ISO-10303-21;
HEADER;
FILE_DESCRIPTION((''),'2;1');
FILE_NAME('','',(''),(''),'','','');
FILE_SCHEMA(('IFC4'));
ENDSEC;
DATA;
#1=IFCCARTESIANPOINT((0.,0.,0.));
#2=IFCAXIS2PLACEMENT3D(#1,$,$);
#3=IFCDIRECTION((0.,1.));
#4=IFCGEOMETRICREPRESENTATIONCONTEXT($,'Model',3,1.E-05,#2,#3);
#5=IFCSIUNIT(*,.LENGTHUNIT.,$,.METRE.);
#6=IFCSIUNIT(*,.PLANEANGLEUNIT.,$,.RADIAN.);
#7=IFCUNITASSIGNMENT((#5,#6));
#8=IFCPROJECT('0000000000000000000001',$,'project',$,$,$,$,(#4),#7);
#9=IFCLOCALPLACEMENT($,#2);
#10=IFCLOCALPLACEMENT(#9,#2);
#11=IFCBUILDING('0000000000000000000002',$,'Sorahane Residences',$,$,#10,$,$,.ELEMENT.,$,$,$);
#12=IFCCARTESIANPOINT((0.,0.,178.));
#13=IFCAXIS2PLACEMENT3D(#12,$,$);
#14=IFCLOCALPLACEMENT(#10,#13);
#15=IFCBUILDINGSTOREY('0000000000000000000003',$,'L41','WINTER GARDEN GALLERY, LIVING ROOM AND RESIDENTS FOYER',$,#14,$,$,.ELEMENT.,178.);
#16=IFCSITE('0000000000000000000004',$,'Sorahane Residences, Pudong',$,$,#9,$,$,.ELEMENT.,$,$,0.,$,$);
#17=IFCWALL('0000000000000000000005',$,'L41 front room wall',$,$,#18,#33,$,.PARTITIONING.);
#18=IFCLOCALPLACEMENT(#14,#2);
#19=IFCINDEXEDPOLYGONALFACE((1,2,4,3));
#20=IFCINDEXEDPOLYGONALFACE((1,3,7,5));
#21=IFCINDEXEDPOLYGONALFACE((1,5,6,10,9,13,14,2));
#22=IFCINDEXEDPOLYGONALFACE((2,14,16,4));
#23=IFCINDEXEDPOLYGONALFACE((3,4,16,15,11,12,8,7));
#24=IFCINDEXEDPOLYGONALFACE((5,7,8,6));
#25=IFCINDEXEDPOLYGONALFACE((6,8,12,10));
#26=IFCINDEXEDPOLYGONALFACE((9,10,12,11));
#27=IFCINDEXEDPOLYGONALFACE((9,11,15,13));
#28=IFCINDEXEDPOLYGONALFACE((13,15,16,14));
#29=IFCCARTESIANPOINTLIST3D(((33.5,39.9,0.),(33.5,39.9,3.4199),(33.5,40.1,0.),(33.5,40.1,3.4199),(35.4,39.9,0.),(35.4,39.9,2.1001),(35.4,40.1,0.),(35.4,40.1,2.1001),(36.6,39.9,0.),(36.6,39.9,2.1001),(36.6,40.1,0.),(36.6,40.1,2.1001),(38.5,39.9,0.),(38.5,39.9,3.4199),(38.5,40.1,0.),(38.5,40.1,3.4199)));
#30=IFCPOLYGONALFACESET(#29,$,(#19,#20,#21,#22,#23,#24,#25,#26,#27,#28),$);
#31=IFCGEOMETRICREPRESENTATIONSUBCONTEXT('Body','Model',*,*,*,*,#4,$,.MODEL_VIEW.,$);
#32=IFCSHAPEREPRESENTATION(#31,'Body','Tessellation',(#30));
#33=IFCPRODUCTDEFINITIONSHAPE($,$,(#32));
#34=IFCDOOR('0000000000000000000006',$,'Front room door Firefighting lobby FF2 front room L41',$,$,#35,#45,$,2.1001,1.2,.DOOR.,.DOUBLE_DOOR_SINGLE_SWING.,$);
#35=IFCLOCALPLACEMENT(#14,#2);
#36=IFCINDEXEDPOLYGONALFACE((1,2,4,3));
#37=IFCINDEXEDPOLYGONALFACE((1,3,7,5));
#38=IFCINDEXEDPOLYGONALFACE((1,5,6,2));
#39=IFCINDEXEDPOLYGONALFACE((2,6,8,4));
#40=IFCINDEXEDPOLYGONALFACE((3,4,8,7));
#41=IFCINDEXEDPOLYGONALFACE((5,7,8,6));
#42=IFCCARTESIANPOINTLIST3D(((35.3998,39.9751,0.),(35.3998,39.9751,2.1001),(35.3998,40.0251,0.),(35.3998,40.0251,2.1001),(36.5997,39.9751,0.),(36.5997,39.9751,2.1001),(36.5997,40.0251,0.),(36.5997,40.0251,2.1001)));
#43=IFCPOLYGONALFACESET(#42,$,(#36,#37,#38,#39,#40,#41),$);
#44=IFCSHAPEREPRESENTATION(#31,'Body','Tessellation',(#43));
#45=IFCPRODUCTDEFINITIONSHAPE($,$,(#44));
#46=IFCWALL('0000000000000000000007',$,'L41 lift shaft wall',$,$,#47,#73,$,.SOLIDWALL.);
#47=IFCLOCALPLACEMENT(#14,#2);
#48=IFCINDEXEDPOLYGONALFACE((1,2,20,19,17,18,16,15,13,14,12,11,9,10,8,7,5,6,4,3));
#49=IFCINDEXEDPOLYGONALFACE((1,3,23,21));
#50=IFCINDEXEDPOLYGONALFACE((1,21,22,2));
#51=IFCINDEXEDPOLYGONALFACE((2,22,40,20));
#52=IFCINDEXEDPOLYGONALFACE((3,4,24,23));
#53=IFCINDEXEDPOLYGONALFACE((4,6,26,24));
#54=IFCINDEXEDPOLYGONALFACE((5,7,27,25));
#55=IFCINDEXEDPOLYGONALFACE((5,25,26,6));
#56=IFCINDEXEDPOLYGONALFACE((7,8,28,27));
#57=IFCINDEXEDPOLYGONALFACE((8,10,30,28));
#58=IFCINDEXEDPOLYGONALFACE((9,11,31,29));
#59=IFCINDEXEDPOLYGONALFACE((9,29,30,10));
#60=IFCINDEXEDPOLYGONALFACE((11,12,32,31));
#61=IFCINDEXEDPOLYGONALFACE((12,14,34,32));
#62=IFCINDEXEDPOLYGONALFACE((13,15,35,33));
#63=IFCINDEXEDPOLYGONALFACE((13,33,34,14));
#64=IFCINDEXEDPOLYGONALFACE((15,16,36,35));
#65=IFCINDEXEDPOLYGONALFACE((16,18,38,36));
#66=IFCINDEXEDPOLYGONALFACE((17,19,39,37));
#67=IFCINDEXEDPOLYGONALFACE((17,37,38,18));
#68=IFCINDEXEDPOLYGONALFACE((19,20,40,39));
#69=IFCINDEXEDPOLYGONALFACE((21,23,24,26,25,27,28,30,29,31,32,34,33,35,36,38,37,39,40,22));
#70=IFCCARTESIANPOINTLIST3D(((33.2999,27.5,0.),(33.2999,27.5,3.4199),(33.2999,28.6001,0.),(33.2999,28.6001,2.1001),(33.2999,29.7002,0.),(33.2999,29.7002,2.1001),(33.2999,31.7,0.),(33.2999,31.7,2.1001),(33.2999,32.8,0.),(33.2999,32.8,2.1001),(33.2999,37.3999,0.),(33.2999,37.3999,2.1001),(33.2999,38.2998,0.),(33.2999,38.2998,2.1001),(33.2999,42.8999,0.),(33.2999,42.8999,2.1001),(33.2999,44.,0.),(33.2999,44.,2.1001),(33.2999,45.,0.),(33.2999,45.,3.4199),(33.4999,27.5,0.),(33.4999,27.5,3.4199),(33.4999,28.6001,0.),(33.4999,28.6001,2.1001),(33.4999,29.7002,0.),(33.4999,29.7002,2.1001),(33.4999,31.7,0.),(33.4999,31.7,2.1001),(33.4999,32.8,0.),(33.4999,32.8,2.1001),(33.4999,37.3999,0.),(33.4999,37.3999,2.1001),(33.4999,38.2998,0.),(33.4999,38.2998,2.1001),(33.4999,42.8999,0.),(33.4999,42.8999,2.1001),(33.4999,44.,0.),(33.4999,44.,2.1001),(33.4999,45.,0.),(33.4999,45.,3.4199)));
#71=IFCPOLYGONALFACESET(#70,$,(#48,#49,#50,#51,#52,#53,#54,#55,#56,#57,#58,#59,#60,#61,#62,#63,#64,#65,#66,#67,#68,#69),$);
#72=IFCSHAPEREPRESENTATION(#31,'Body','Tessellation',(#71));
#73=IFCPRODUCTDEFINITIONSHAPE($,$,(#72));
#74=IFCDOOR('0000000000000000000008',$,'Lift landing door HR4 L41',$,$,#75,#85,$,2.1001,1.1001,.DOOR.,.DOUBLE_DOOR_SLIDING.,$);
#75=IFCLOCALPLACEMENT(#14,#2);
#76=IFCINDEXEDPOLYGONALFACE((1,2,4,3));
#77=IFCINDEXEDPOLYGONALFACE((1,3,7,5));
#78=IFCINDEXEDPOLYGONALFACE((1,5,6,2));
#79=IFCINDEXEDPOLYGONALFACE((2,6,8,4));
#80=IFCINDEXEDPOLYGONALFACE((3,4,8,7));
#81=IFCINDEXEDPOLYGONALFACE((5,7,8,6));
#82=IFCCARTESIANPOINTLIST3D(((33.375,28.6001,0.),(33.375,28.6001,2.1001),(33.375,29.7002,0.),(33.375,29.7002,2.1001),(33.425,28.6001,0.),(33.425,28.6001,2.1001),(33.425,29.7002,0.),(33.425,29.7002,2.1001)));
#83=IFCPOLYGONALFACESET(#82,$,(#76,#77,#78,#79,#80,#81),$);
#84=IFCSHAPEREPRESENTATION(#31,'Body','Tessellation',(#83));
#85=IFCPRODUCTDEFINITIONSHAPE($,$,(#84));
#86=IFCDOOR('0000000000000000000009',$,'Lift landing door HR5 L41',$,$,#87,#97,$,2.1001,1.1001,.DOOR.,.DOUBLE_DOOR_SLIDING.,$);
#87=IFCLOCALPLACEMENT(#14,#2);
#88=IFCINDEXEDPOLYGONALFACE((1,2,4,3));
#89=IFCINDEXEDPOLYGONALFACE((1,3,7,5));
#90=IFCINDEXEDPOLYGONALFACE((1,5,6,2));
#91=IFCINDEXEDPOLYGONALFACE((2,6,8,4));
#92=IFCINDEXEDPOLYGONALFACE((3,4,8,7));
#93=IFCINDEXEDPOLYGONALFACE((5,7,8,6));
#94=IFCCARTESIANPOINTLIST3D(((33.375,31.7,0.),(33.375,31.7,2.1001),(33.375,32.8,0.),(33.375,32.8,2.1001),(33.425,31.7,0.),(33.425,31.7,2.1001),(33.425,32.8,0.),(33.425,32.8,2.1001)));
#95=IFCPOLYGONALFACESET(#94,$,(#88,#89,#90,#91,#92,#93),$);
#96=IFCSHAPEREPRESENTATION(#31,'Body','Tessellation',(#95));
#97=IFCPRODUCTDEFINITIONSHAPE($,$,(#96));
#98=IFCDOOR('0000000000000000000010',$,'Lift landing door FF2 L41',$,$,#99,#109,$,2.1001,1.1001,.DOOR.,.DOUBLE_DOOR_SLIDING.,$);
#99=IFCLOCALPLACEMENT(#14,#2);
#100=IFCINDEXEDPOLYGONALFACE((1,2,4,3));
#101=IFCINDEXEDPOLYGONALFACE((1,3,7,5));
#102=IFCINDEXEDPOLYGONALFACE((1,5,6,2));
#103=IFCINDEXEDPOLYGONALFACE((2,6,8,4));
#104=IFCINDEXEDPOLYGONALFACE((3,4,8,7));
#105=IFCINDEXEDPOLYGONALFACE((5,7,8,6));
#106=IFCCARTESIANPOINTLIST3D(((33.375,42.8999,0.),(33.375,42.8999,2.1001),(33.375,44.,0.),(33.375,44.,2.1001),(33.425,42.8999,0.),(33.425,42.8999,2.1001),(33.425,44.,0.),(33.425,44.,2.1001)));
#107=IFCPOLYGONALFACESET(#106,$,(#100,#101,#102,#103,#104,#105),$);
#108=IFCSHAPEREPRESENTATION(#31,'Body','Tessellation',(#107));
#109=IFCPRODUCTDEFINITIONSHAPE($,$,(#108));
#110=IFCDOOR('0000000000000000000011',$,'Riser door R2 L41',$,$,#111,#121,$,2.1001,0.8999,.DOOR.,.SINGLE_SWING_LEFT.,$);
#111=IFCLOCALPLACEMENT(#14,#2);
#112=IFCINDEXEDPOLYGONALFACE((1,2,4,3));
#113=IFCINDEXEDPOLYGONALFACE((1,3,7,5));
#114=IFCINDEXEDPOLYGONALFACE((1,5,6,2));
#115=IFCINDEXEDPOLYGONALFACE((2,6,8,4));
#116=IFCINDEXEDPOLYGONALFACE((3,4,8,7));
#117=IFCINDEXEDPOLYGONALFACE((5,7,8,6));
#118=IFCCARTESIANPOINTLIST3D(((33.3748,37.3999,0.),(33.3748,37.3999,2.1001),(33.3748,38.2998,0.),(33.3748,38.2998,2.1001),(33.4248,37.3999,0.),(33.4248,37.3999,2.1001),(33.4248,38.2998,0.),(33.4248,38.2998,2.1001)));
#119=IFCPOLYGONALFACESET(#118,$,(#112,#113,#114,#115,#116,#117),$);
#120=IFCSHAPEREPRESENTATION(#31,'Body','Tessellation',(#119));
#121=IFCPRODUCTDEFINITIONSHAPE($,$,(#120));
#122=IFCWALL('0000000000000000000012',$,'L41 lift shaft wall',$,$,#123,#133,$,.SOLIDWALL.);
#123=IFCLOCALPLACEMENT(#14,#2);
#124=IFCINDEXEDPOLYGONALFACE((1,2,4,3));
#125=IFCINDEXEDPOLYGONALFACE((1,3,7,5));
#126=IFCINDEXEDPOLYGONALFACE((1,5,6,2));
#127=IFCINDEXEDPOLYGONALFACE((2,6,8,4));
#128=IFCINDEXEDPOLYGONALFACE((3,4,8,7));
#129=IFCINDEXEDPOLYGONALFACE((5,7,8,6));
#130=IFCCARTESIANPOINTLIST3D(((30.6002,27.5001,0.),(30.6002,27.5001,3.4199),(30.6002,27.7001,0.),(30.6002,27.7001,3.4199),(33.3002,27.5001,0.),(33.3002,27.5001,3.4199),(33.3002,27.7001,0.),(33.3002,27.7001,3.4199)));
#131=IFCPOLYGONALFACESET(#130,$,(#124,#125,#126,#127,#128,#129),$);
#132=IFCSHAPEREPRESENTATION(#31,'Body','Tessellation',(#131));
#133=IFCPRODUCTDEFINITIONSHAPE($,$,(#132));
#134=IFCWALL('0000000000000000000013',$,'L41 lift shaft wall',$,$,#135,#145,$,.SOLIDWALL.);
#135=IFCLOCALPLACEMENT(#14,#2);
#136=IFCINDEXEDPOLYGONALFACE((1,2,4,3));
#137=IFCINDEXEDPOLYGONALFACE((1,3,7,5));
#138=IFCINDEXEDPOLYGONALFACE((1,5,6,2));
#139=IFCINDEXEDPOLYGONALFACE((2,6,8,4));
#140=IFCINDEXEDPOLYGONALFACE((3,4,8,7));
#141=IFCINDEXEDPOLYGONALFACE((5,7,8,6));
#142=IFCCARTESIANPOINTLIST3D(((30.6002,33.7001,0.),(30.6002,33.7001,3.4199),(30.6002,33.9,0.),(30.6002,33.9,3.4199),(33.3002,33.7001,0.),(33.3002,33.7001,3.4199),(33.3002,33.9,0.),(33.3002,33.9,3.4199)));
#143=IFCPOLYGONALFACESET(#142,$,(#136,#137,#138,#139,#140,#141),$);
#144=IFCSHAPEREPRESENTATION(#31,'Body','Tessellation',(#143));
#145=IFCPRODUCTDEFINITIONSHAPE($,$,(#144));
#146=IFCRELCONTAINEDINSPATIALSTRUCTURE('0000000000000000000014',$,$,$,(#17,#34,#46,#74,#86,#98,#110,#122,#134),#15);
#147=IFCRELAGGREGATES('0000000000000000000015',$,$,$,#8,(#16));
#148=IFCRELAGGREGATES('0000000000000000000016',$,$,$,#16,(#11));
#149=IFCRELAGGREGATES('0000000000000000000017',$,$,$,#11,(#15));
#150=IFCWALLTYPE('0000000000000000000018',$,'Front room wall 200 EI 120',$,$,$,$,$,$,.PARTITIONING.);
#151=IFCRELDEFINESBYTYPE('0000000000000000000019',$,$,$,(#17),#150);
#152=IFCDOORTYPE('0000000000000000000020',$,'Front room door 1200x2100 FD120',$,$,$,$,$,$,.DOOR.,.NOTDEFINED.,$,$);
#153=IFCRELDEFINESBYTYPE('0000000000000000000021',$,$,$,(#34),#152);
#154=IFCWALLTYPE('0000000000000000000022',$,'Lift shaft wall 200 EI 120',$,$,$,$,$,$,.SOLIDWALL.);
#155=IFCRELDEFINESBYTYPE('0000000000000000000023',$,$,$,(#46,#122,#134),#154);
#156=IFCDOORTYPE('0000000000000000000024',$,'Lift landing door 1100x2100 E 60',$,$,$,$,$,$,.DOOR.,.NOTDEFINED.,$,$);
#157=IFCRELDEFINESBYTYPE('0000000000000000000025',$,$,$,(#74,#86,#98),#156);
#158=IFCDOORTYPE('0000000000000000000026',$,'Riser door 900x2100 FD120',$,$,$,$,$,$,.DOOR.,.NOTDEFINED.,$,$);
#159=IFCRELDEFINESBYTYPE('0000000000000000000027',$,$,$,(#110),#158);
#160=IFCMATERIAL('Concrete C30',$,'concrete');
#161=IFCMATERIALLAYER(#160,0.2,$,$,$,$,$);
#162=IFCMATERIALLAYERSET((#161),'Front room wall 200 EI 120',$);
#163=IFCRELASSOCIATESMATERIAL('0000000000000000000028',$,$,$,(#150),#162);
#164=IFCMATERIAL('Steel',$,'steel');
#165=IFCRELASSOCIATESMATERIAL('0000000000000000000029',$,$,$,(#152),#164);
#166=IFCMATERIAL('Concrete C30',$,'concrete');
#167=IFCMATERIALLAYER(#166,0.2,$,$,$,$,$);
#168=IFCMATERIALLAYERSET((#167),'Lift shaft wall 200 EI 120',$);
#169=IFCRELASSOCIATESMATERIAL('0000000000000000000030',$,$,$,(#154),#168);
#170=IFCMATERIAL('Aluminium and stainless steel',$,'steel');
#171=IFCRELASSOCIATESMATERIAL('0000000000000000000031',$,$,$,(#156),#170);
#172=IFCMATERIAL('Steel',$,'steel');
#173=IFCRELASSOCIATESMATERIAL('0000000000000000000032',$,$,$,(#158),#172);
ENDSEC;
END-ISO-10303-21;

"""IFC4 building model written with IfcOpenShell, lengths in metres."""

from ifc_helpers import new_model, si_unit, direction, frame, frame_2d, origin, place, context, subcontext, project, spatial, rectangle, extrude, material, layer, layer_set, type_object, element, fill, save


model = new_model("IFC4")

# Units and contexts
model_context = context("Model", 3, precision=1e-05, world=origin(), true_north=direction((0.0, 1.0)))
body_context = subcontext(model_context, "Body", "Model", "MODEL_VIEW")
ifc_project = project(units=[si_unit("LENGTHUNIT", "METRE"), si_unit("PLANEANGLEUNIT", "RADIAN")], contexts=[model_context])

# Site, building, storey
site_placement = place(None, origin())
site = spatial("IfcSite", under=ifc_project, at=site_placement, Name="Sorahane Residences, Pudong", CompositionType="ELEMENT", RefElevation=0.0)
building_placement = place(site_placement, origin())
building = spatial("IfcBuilding", under=site, at=building_placement, Name="Sorahane Residences", CompositionType="ELEMENT")
storey_placement = place(building_placement, frame((0.0, 0.0, 178.0)))
storey = spatial("IfcBuildingStorey", under=building, at=storey_placement, Name="L41", Description="WINTER GARDEN GALLERY, LIVING ROOM AND RESIDENTS FOYER", CompositionType="ELEMENT", Elevation=178.0)

# Wall, opening, door
ifc_material_1 = material(Name="Concrete C30", Category="concrete")
ifc_layer_1 = layer(ifc_material_1, 0.2)
ifc_layer_set_1 = layer_set([ifc_layer_1], Name="Front room wall 200 EI 120")
wall_type_1 = type_object("IfcWallType", Name="Front room wall 200 EI 120", PredefinedType="PARTITIONING", material=ifc_layer_set_1)
wall_1_placement = place(storey_placement, frame((33.5, 40.0, 0.0), z_axis=(0.0, 0.0, 1.0), x_axis=(1.0, 0.0, 0.0)))
wall_1 = element("IfcWall", 1, at=wall_1_placement, inside=storey, type_object=wall_type_1, Name="L41 front room wall", PredefinedType="PARTITIONING", context=body_context, shape_type="SweptSolid", body=[
    extrude(rectangle(XDim=5.0, YDim=0.2, at=frame_2d((2.5, 0.0))), origin(), (0.0, 0.0, 1.0), 3.4199),
])
opening_1_placement = place(wall_1_placement, frame((1.8999, 0.0, 0.0)))
opening_1 = element("IfcOpeningElement", 2, at=opening_1_placement, cuts=wall_1, PredefinedType="OPENING", context=body_context, shape_type="SweptSolid", body=[
    extrude(rectangle(XDim=1.2, YDim=2.1001, at=frame_2d((0.6001, 1.05))), frame((0.0, 0.1099, 0.0), z_axis=(0.0, -1.0, 0.0), x_axis=(1.0, 0.0, 0.0)), (0.0, 0.0, 1.0), 0.22),
])
ifc_material_2 = material(Name="Steel", Category="steel")
door_type_1 = type_object("IfcDoorType", Name="Front room door 1200x2100 FD120", OperationType="NOTDEFINED", PredefinedType="DOOR", material=ifc_material_2)
door_1_placement = place(opening_1_placement, frame((1.2, 0.0, 0.0), z_axis=(0.0, 0.0, 1.0), x_axis=(-1.0, 0.0, 0.0)))
door_1 = element("IfcDoor", 3, at=door_1_placement, inside=storey, type_object=door_type_1, Name="Front room door Firefighting lobby FF2 front room L41", OperationType="DOUBLE_DOOR_SINGLE_SWING", OverallHeight=2.1001, OverallWidth=1.2, PredefinedType="DOOR", context=body_context, shape_type="SweptSolid", body=[
    extrude(rectangle(XDim=1.2, YDim=2.1001, at=frame_2d((0.6001, 1.05))), frame((0.0, 0.0249, 0.0), z_axis=(0.0, -1.0, 0.0), x_axis=(1.0, 0.0, 0.0)), (0.0, 0.0, 1.0), 0.05),
])
fill(opening_1, door_1)

# Wall, openings, doors
ifc_material_3 = material(Name="Concrete C30", Category="concrete")
ifc_layer_2 = layer(ifc_material_3, 0.2)
ifc_layer_set_2 = layer_set([ifc_layer_2], Name="Lift shaft wall 200 EI 120")
wall_type_2 = type_object("IfcWallType", Name="Lift shaft wall 200 EI 120", PredefinedType="SOLIDWALL", material=ifc_layer_set_2)
wall_2_placement = place(storey_placement, frame((33.3999, 27.5, 0.0), z_axis=(0.0, 0.0, 1.0), x_axis=(0.0, 1.0, 0.0)))
wall_2 = element("IfcWall", 4, at=wall_2_placement, inside=storey, type_object=wall_type_2, Name="L41 lift shaft wall", PredefinedType="SOLIDWALL", context=body_context, shape_type="SweptSolid", body=[
    extrude(rectangle(XDim=17.5, YDim=0.2, at=frame_2d((8.75, 0.0))), origin(), (0.0, 0.0, 1.0), 3.4199),
])
opening_2_placement = place(wall_2_placement, frame((1.1001, 0.0, 0.0)))
opening_2 = element("IfcOpeningElement", 5, at=opening_2_placement, cuts=wall_2, PredefinedType="OPENING", context=body_context, shape_type="SweptSolid", body=[
    extrude(rectangle(XDim=1.1001, YDim=2.1001, at=frame_2d((0.55, 1.05))), frame((0.0, 0.1099, 0.0), z_axis=(0.0, -1.0, 0.0), x_axis=(1.0, 0.0, 0.0)), (0.0, 0.0, 1.0), 0.22),
])
opening_3_placement = place(wall_2_placement, frame((4.2, 0.0, 0.0)))
opening_3 = element("IfcOpeningElement", 6, at=opening_3_placement, cuts=wall_2, PredefinedType="OPENING", context=body_context, shape_type="SweptSolid", body=[
    extrude(rectangle(XDim=1.1001, YDim=2.1001, at=frame_2d((0.55, 1.05))), frame((0.0, 0.1099, 0.0), z_axis=(0.0, -1.0, 0.0), x_axis=(1.0, 0.0, 0.0)), (0.0, 0.0, 1.0), 0.22),
])
opening_4_placement = place(wall_2_placement, frame((15.3999, 0.0, 0.0)))
opening_4 = element("IfcOpeningElement", 7, at=opening_4_placement, cuts=wall_2, PredefinedType="OPENING", context=body_context, shape_type="SweptSolid", body=[
    extrude(rectangle(XDim=1.1001, YDim=2.1001, at=frame_2d((0.55, 1.05))), frame((0.0, 0.1099, 0.0), z_axis=(0.0, -1.0, 0.0), x_axis=(1.0, 0.0, 0.0)), (0.0, 0.0, 1.0), 0.22),
])
opening_5_placement = place(wall_2_placement, frame((9.8999, 0.0, 0.0)))
opening_5 = element("IfcOpeningElement", 8, at=opening_5_placement, cuts=wall_2, PredefinedType="OPENING", context=body_context, shape_type="SweptSolid", body=[
    extrude(rectangle(XDim=0.8999, YDim=2.1001, at=frame_2d((0.45, 1.05))), frame((0.0, 0.1099, 0.0), z_axis=(0.0, -1.0, 0.0), x_axis=(1.0, 0.0, 0.0)), (0.0, 0.0, 1.0), 0.22),
])
ifc_material_4 = material(Name="Aluminium and stainless steel", Category="steel")
door_type_2 = type_object("IfcDoorType", Name="Lift landing door 1100x2100 E 60", OperationType="NOTDEFINED", PredefinedType="DOOR", material=ifc_material_4)
door_2_placement = place(opening_2_placement, origin())
door_2 = element("IfcDoor", 9, at=door_2_placement, inside=storey, type_object=door_type_2, Name="Lift landing door HR4 L41", OperationType="DOUBLE_DOOR_SLIDING", OverallHeight=2.1001, OverallWidth=1.1001, PredefinedType="DOOR", context=body_context, shape_type="SweptSolid", body=[
    extrude(rectangle(XDim=1.1001, YDim=2.1001, at=frame_2d((0.55, 1.05))), frame((0.0, 0.0249, 0.0), z_axis=(0.0, -1.0, 0.0), x_axis=(1.0, 0.0, 0.0)), (0.0, 0.0, 1.0), 0.05),
])
fill(opening_2, door_2)
door_3_placement = place(opening_3_placement, origin())
door_3 = element("IfcDoor", 10, at=door_3_placement, inside=storey, type_object=door_type_2, Name="Lift landing door HR5 L41", OperationType="DOUBLE_DOOR_SLIDING", OverallHeight=2.1001, OverallWidth=1.1001, PredefinedType="DOOR", context=body_context, shape_type="SweptSolid", body=[
    extrude(rectangle(XDim=1.1001, YDim=2.1001, at=frame_2d((0.55, 1.05))), frame((0.0, 0.0249, 0.0), z_axis=(0.0, -1.0, 0.0), x_axis=(1.0, 0.0, 0.0)), (0.0, 0.0, 1.0), 0.05),
])
fill(opening_3, door_3)
door_4_placement = place(opening_4_placement, origin())
door_4 = element("IfcDoor", 11, at=door_4_placement, inside=storey, type_object=door_type_2, Name="Lift landing door FF2 L41", OperationType="DOUBLE_DOOR_SLIDING", OverallHeight=2.1001, OverallWidth=1.1001, PredefinedType="DOOR", context=body_context, shape_type="SweptSolid", body=[
    extrude(rectangle(XDim=1.1001, YDim=2.1001, at=frame_2d((0.55, 1.05))), frame((0.0, 0.0249, 0.0), z_axis=(0.0, -1.0, 0.0), x_axis=(1.0, 0.0, 0.0)), (0.0, 0.0, 1.0), 0.05),
])
fill(opening_4, door_4)
ifc_material_5 = material(Name="Steel", Category="steel")
door_type_3 = type_object("IfcDoorType", Name="Riser door 900x2100 FD120", OperationType="NOTDEFINED", PredefinedType="DOOR", material=ifc_material_5)
door_5_placement = place(opening_5_placement, frame((0.8999, 0.0, 0.0), z_axis=(0.0, 0.0, 1.0), x_axis=(-1.0, 0.0, 0.0)))
door_5 = element("IfcDoor", 12, at=door_5_placement, inside=storey, type_object=door_type_3, Name="Riser door R2 L41", OperationType="SINGLE_SWING_LEFT", OverallHeight=2.1001, OverallWidth=0.8999, PredefinedType="DOOR", context=body_context, shape_type="SweptSolid", body=[
    extrude(rectangle(XDim=0.8999, YDim=2.1001, at=frame_2d((0.45, 1.05))), frame((0.0, 0.0249, 0.0), z_axis=(0.0, -1.0, 0.0), x_axis=(1.0, 0.0, 0.0)), (0.0, 0.0, 1.0), 0.05),
])
fill(opening_5, door_5)

# Walls
for number, where, z_axis, x_axis, name in (
    (13, (30.6001, 27.6001, 0.0), (0.0, 0.0, 1.0), (1.0, 0.0, 0.0), "L41 lift shaft wall"),
    (14, (30.6001, 33.8, 0.0), (0.0, 0.0, 1.0), (1.0, 0.0, 0.0), "L41 lift shaft wall"),
):
    element("IfcWall", number, at=place(storey_placement, frame(where, z_axis=z_axis, x_axis=x_axis)), inside=storey, type_object=wall_type_2, Name=name, PredefinedType="SOLIDWALL", context=body_context, shape_type="SweptSolid", body=[
        extrude(rectangle(XDim=2.7, YDim=0.2, at=frame_2d((1.3501, 0.0))), origin(), (0.0, 0.0, 1.0), 3.4199),
    ])

save(model, "model.ifc")
